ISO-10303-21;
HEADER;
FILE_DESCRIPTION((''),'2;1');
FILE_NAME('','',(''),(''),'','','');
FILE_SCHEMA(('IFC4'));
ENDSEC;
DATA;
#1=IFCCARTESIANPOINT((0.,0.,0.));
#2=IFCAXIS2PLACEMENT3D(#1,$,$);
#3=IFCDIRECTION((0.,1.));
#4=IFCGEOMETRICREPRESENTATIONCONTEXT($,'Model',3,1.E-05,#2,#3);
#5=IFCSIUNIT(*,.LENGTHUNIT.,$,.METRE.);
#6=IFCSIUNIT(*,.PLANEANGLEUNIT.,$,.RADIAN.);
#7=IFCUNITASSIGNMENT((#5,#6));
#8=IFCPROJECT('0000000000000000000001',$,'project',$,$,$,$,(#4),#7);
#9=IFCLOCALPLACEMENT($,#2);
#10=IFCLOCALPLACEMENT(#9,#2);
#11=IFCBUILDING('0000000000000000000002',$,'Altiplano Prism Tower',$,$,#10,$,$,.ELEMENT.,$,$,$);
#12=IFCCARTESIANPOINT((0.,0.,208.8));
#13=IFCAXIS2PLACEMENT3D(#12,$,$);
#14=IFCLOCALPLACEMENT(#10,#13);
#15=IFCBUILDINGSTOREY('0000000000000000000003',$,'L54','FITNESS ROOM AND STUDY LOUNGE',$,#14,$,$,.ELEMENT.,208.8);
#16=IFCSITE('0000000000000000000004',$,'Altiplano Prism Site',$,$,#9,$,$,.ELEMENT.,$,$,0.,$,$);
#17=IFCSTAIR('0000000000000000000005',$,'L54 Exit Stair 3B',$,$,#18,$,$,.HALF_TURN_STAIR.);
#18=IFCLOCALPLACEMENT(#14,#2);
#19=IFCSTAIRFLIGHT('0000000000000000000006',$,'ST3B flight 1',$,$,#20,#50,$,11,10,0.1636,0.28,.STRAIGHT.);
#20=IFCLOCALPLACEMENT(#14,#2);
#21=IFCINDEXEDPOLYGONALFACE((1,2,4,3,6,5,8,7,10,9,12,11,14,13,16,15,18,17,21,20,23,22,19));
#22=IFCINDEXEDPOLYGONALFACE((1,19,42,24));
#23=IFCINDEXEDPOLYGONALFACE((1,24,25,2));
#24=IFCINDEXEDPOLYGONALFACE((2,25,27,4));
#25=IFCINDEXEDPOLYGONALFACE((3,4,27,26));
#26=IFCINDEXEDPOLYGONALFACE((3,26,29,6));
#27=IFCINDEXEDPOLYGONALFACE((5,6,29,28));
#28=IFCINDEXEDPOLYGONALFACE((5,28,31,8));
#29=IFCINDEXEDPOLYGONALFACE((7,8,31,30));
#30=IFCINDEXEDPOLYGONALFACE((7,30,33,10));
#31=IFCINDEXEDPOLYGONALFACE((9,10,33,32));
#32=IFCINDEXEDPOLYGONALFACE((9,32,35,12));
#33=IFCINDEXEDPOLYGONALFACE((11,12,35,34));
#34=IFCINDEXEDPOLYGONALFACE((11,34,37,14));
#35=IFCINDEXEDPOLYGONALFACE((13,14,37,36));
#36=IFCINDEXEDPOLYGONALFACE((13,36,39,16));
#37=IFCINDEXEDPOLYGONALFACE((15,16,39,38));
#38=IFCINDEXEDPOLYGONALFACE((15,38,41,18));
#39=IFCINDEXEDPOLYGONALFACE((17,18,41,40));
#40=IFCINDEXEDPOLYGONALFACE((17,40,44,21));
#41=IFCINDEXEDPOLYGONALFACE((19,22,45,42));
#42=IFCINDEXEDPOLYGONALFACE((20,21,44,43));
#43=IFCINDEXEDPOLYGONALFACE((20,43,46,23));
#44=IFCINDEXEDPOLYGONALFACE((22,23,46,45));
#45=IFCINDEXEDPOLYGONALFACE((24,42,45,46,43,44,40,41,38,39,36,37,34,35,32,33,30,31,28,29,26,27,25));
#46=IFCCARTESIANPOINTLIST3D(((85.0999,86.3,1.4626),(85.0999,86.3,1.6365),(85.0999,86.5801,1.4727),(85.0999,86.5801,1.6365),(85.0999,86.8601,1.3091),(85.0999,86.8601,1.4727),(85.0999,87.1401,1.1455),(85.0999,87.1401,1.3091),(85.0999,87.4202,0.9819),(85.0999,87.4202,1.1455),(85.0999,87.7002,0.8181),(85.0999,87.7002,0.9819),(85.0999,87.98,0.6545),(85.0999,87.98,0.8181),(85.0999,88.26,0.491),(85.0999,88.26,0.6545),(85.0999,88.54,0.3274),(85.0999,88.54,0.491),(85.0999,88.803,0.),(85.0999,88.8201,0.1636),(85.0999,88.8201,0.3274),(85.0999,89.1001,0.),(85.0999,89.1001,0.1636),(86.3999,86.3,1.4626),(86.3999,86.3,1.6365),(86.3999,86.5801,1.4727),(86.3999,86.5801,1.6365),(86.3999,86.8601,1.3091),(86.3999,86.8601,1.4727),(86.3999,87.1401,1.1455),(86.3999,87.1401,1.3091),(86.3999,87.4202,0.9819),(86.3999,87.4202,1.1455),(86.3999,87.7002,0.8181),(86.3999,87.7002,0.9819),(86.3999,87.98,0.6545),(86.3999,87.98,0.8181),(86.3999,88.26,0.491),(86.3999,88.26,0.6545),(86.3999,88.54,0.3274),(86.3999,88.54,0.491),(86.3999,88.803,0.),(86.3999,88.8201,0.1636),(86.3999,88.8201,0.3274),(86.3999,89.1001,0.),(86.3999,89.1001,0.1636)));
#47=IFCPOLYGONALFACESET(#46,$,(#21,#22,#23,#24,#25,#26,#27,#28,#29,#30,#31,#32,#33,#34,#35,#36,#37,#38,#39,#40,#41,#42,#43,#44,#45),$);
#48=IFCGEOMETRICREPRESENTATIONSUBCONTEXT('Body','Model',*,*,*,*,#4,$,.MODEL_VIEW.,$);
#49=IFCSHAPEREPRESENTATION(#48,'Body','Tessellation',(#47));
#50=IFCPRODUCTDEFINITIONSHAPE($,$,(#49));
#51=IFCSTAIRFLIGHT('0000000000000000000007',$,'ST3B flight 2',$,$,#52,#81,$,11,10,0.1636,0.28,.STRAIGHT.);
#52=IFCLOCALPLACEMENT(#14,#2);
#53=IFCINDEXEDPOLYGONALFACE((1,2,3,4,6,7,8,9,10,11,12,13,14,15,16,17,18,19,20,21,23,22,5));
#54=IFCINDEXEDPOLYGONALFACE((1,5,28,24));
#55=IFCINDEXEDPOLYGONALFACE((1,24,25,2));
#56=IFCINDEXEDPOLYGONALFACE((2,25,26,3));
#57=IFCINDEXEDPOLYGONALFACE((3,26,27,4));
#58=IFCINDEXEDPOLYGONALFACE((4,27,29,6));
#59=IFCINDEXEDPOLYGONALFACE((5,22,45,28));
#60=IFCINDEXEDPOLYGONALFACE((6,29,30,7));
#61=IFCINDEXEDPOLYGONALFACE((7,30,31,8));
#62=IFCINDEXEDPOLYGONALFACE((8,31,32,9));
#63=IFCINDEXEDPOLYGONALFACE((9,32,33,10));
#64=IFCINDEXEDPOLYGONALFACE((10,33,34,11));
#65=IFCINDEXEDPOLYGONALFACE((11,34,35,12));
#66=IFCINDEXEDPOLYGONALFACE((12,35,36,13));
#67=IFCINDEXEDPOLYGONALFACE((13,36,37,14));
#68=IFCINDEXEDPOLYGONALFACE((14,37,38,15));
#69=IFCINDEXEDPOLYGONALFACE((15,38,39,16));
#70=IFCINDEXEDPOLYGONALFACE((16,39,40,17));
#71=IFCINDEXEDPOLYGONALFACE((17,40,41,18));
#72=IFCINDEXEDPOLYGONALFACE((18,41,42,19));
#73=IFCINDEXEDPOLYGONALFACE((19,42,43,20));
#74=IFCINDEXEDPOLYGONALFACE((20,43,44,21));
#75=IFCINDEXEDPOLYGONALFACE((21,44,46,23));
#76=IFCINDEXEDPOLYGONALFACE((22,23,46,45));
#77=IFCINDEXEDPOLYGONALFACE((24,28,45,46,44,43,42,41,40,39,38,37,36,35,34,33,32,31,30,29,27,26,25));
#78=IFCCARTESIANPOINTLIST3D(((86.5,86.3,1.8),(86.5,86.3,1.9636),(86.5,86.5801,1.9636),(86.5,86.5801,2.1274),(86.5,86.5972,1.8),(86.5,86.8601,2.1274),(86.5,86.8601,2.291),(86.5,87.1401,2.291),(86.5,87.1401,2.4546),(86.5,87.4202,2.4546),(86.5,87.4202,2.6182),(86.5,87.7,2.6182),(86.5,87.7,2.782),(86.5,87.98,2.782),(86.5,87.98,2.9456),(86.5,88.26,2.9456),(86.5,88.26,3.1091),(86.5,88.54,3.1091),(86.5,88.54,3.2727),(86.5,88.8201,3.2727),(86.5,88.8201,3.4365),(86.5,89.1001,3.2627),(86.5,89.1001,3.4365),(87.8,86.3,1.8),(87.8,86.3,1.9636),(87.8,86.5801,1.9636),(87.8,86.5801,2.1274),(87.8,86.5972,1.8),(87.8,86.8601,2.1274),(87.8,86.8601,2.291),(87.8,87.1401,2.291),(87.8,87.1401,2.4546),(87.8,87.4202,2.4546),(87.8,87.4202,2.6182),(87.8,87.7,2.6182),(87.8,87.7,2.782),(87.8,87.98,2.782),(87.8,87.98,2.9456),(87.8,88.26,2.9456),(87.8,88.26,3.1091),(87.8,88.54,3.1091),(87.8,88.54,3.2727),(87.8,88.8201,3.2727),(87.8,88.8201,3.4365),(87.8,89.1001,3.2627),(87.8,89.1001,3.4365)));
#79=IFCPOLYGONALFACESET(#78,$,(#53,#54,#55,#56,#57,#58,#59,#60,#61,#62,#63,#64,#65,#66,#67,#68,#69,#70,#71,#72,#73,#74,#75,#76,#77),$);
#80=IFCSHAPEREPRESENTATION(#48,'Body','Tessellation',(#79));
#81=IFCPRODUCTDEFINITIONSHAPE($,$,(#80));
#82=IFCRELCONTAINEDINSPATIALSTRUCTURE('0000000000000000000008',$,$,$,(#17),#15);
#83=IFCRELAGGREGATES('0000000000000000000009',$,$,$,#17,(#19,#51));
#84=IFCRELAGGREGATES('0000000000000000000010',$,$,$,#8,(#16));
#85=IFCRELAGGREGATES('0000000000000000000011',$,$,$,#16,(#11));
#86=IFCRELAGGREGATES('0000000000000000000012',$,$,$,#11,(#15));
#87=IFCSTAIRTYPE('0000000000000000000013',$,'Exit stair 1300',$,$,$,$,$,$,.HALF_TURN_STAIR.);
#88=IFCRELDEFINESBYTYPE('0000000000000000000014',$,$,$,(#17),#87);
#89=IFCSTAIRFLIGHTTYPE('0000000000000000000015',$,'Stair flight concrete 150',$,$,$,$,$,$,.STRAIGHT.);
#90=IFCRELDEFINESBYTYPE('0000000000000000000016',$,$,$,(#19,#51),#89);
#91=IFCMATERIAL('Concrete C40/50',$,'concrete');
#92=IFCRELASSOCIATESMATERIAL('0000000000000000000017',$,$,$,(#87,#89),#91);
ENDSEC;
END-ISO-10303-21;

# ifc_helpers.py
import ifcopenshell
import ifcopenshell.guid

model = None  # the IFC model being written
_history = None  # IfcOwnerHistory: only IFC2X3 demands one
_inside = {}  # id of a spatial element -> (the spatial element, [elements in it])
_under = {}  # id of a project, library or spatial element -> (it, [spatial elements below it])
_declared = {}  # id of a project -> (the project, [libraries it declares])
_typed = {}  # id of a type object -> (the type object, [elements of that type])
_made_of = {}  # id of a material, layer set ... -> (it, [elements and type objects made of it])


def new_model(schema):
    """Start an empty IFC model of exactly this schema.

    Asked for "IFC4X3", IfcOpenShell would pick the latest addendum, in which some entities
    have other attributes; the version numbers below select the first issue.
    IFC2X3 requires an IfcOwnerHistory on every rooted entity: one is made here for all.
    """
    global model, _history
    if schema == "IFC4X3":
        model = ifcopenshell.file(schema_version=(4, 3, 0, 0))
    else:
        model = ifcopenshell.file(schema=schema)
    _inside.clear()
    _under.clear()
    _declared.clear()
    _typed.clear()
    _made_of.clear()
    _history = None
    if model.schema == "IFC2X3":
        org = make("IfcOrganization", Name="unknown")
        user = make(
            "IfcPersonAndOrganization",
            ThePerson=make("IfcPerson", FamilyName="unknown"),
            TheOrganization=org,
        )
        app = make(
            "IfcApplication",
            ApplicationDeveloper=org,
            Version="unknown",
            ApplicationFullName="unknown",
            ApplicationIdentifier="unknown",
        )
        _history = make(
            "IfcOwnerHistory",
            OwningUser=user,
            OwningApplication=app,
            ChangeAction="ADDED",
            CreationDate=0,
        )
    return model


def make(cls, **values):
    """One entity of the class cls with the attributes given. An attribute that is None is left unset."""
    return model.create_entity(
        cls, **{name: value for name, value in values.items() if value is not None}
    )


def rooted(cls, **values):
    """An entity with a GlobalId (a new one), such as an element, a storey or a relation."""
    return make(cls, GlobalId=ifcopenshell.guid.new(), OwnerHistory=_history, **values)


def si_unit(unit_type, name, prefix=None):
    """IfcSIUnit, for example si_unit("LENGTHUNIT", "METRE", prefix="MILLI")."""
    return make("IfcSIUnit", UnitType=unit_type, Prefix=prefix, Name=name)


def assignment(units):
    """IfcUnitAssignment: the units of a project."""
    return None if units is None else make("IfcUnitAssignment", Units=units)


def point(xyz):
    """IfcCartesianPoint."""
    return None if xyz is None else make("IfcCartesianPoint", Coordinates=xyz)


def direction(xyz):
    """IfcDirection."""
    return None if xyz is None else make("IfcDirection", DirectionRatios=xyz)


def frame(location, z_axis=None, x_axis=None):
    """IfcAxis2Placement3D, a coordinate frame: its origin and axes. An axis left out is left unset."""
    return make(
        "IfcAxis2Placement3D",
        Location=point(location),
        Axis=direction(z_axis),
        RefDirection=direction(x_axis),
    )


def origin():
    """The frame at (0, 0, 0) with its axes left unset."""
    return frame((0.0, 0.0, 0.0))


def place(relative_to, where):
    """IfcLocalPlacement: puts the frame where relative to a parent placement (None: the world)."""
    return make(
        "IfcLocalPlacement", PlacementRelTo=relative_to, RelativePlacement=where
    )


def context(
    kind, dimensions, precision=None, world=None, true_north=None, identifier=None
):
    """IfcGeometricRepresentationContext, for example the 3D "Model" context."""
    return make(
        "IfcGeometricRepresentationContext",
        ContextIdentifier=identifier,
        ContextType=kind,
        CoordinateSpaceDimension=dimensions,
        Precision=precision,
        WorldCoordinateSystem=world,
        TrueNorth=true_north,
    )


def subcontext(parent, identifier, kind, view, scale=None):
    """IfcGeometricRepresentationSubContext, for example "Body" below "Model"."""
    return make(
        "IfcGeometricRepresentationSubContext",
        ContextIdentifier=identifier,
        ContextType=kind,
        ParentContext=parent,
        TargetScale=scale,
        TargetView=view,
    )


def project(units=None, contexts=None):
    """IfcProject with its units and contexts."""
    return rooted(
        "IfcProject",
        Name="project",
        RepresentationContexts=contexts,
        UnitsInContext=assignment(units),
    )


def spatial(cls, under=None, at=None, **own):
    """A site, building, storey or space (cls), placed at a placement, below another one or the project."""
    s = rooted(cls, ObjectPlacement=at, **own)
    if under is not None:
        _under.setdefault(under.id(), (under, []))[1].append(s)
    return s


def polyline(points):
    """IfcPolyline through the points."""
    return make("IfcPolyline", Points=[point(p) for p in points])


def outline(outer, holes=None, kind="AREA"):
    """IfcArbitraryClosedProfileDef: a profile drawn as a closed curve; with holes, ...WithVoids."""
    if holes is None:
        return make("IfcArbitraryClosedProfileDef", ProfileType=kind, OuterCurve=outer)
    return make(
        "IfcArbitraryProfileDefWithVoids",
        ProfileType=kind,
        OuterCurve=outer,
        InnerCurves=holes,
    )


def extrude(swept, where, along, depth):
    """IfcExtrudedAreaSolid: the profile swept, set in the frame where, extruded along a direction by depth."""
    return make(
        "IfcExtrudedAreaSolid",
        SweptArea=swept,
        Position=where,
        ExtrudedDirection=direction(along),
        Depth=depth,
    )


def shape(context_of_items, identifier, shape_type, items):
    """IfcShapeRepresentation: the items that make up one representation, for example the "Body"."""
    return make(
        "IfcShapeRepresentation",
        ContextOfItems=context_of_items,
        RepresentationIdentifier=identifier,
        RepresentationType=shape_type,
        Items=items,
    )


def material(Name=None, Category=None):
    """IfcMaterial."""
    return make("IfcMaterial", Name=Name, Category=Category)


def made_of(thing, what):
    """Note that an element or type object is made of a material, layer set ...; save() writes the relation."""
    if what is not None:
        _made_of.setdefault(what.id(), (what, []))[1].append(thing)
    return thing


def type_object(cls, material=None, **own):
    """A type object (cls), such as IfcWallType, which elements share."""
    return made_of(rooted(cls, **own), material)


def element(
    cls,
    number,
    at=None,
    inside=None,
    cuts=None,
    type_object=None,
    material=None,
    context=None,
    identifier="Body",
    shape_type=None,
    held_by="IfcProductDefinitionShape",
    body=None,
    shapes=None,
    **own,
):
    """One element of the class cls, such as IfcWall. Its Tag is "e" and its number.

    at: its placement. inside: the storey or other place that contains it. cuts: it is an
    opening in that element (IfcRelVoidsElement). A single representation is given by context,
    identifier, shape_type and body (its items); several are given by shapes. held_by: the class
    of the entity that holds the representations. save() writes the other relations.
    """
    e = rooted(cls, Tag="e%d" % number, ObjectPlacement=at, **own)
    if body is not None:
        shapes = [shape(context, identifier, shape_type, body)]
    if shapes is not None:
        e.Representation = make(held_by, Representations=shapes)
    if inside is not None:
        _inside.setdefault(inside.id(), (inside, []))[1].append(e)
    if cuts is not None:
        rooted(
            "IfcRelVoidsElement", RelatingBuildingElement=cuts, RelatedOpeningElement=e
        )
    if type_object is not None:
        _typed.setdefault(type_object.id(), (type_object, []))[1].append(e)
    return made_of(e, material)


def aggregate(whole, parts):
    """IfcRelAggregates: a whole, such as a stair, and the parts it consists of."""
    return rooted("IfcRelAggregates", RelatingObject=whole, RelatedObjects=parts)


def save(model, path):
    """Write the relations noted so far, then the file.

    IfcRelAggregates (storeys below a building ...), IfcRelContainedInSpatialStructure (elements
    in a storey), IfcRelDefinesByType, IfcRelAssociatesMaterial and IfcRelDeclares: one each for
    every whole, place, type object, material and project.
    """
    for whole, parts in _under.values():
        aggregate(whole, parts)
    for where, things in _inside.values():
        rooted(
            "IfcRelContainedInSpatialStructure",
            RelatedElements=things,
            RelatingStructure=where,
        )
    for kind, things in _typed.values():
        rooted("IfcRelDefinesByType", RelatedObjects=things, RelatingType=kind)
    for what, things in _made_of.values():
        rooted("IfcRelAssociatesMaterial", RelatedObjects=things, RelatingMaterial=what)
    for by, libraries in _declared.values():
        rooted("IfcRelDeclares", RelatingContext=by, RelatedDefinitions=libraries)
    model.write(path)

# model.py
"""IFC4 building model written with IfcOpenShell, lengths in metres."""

from ifc_helpers import new_model, si_unit, direction, frame, origin, place, context, subcontext, project, spatial, polyline, outline, extrude, material, type_object, element, aggregate, save


model = new_model("IFC4")

# Units and contexts
model_context = context("Model", 3, precision=1e-05, world=origin(), true_north=direction((0.0, 1.0)))
body_context = subcontext(model_context, "Body", "Model", "MODEL_VIEW")
ifc_project = project(units=[si_unit("LENGTHUNIT", "METRE"), si_unit("PLANEANGLEUNIT", "RADIAN")], contexts=[model_context])

# Site, building, storey
site_placement = place(None, origin())
site = spatial("IfcSite", under=ifc_project, at=site_placement, Name="Altiplano Prism Site", CompositionType="ELEMENT", RefElevation=0.0)
building_placement = place(site_placement, origin())
building = spatial("IfcBuilding", under=site, at=building_placement, Name="Altiplano Prism Tower", CompositionType="ELEMENT")
storey_placement = place(building_placement, frame((0.0, 0.0, 208.8)))
storey = spatial("IfcBuildingStorey", under=building, at=storey_placement, Name="L54", Description="FITNESS ROOM AND STUDY LOUNGE", CompositionType="ELEMENT", Elevation=208.8)

# Shared definitions
ifc_material_1 = material(Name="Concrete C40/50", Category="concrete")
stair_type = type_object("IfcStairType", Name="Exit stair 1300", PredefinedType="HALF_TURN_STAIR", material=ifc_material_1)
stair_flight_type = type_object("IfcStairFlightType", Name="Stair flight concrete 150", PredefinedType="STRAIGHT", material=ifc_material_1)

# Stair, stair flights
stair_1_placement = place(storey_placement, origin())
stair_1 = element("IfcStair", 1, at=stair_1_placement, inside=storey, type_object=stair_type, Name="L54 Exit Stair 3B", PredefinedType="HALF_TURN_STAIR")
stair_flight_1_placement = place(storey_placement, frame((85.75, 89.1001, 0.0), z_axis=(0.0, 0.0, 1.0), x_axis=(0.0, -1.0, 0.0)))
stair_flight_1 = element("IfcStairFlight", 2, at=stair_flight_1_placement, type_object=stair_flight_type, Name="ST3B flight 1", NumberOfRisers=11, NumberOfTreads=10, PredefinedType="STRAIGHT", RiserHeight=0.1636, TreadLength=0.28, context=body_context, shape_type="SweptSolid", body=[
    extrude(outline(polyline([(0.0, 0.0), (0.0, 0.1636), (0.28, 0.1636), (0.28, 0.3274), (0.5601, 0.3274), (0.5601, 0.491), (0.8401, 0.491), (0.8401, 0.6545), (1.1201, 0.6545), (1.1201, 0.8181), (1.3999, 0.8181), (1.3999, 0.9819), (1.6799, 0.9819), (1.6799, 1.1455), (1.96, 1.1455), (1.96, 1.3091), (2.24, 1.3091), (2.24, 1.4727), (2.52, 1.4727), (2.52, 1.6365), (2.8, 1.6365), (2.8, 1.8), (2.8, 1.4626), (0.2971, 0.0), (0.0, 0.0)])), frame((0.0, 0.6499, 0.0), z_axis=(0.0, -1.0, 0.0), x_axis=(1.0, 0.0, 0.0)), (0.0, 0.0, 1.0), 1.3),
])
stair_flight_2_placement = place(storey_placement, frame((87.1499, 86.3, 1.8), z_axis=(0.0, 0.0, 1.0), x_axis=(0.0, 1.0, 0.0)))
stair_flight_2 = element("IfcStairFlight", 3, at=stair_flight_2_placement, type_object=stair_flight_type, Name="ST3B flight 2", NumberOfRisers=11, NumberOfTreads=10, PredefinedType="STRAIGHT", RiserHeight=0.1636, TreadLength=0.28, context=body_context, shape_type="SweptSolid", body=[
    extrude(outline(polyline([(0.0, 0.0), (0.0, 0.1636), (0.28, 0.1636), (0.28, 0.3274), (0.5601, 0.3274), (0.5601, 0.491), (0.8401, 0.491), (0.8401, 0.6545), (1.1201, 0.6545), (1.1201, 0.8181), (1.3999, 0.8181), (1.3999, 0.9819), (1.6799, 0.9819), (1.6799, 1.1455), (1.96, 1.1455), (1.96, 1.3091), (2.24, 1.3091), (2.24, 1.4727), (2.52, 1.4727), (2.52, 1.6365), (2.8, 1.6365), (2.8, 1.8), (2.8, 1.4626), (0.2971, 0.0), (0.0, 0.0)])), frame((0.0, 0.6499, 0.0), z_axis=(0.0, -1.0, 0.0), x_axis=(1.0, 0.0, 0.0)), (0.0, 0.0, 1.0), 1.3),
])
aggregate(stair_1, [stair_flight_1, stair_flight_2])

save(model, "model.ifc")
